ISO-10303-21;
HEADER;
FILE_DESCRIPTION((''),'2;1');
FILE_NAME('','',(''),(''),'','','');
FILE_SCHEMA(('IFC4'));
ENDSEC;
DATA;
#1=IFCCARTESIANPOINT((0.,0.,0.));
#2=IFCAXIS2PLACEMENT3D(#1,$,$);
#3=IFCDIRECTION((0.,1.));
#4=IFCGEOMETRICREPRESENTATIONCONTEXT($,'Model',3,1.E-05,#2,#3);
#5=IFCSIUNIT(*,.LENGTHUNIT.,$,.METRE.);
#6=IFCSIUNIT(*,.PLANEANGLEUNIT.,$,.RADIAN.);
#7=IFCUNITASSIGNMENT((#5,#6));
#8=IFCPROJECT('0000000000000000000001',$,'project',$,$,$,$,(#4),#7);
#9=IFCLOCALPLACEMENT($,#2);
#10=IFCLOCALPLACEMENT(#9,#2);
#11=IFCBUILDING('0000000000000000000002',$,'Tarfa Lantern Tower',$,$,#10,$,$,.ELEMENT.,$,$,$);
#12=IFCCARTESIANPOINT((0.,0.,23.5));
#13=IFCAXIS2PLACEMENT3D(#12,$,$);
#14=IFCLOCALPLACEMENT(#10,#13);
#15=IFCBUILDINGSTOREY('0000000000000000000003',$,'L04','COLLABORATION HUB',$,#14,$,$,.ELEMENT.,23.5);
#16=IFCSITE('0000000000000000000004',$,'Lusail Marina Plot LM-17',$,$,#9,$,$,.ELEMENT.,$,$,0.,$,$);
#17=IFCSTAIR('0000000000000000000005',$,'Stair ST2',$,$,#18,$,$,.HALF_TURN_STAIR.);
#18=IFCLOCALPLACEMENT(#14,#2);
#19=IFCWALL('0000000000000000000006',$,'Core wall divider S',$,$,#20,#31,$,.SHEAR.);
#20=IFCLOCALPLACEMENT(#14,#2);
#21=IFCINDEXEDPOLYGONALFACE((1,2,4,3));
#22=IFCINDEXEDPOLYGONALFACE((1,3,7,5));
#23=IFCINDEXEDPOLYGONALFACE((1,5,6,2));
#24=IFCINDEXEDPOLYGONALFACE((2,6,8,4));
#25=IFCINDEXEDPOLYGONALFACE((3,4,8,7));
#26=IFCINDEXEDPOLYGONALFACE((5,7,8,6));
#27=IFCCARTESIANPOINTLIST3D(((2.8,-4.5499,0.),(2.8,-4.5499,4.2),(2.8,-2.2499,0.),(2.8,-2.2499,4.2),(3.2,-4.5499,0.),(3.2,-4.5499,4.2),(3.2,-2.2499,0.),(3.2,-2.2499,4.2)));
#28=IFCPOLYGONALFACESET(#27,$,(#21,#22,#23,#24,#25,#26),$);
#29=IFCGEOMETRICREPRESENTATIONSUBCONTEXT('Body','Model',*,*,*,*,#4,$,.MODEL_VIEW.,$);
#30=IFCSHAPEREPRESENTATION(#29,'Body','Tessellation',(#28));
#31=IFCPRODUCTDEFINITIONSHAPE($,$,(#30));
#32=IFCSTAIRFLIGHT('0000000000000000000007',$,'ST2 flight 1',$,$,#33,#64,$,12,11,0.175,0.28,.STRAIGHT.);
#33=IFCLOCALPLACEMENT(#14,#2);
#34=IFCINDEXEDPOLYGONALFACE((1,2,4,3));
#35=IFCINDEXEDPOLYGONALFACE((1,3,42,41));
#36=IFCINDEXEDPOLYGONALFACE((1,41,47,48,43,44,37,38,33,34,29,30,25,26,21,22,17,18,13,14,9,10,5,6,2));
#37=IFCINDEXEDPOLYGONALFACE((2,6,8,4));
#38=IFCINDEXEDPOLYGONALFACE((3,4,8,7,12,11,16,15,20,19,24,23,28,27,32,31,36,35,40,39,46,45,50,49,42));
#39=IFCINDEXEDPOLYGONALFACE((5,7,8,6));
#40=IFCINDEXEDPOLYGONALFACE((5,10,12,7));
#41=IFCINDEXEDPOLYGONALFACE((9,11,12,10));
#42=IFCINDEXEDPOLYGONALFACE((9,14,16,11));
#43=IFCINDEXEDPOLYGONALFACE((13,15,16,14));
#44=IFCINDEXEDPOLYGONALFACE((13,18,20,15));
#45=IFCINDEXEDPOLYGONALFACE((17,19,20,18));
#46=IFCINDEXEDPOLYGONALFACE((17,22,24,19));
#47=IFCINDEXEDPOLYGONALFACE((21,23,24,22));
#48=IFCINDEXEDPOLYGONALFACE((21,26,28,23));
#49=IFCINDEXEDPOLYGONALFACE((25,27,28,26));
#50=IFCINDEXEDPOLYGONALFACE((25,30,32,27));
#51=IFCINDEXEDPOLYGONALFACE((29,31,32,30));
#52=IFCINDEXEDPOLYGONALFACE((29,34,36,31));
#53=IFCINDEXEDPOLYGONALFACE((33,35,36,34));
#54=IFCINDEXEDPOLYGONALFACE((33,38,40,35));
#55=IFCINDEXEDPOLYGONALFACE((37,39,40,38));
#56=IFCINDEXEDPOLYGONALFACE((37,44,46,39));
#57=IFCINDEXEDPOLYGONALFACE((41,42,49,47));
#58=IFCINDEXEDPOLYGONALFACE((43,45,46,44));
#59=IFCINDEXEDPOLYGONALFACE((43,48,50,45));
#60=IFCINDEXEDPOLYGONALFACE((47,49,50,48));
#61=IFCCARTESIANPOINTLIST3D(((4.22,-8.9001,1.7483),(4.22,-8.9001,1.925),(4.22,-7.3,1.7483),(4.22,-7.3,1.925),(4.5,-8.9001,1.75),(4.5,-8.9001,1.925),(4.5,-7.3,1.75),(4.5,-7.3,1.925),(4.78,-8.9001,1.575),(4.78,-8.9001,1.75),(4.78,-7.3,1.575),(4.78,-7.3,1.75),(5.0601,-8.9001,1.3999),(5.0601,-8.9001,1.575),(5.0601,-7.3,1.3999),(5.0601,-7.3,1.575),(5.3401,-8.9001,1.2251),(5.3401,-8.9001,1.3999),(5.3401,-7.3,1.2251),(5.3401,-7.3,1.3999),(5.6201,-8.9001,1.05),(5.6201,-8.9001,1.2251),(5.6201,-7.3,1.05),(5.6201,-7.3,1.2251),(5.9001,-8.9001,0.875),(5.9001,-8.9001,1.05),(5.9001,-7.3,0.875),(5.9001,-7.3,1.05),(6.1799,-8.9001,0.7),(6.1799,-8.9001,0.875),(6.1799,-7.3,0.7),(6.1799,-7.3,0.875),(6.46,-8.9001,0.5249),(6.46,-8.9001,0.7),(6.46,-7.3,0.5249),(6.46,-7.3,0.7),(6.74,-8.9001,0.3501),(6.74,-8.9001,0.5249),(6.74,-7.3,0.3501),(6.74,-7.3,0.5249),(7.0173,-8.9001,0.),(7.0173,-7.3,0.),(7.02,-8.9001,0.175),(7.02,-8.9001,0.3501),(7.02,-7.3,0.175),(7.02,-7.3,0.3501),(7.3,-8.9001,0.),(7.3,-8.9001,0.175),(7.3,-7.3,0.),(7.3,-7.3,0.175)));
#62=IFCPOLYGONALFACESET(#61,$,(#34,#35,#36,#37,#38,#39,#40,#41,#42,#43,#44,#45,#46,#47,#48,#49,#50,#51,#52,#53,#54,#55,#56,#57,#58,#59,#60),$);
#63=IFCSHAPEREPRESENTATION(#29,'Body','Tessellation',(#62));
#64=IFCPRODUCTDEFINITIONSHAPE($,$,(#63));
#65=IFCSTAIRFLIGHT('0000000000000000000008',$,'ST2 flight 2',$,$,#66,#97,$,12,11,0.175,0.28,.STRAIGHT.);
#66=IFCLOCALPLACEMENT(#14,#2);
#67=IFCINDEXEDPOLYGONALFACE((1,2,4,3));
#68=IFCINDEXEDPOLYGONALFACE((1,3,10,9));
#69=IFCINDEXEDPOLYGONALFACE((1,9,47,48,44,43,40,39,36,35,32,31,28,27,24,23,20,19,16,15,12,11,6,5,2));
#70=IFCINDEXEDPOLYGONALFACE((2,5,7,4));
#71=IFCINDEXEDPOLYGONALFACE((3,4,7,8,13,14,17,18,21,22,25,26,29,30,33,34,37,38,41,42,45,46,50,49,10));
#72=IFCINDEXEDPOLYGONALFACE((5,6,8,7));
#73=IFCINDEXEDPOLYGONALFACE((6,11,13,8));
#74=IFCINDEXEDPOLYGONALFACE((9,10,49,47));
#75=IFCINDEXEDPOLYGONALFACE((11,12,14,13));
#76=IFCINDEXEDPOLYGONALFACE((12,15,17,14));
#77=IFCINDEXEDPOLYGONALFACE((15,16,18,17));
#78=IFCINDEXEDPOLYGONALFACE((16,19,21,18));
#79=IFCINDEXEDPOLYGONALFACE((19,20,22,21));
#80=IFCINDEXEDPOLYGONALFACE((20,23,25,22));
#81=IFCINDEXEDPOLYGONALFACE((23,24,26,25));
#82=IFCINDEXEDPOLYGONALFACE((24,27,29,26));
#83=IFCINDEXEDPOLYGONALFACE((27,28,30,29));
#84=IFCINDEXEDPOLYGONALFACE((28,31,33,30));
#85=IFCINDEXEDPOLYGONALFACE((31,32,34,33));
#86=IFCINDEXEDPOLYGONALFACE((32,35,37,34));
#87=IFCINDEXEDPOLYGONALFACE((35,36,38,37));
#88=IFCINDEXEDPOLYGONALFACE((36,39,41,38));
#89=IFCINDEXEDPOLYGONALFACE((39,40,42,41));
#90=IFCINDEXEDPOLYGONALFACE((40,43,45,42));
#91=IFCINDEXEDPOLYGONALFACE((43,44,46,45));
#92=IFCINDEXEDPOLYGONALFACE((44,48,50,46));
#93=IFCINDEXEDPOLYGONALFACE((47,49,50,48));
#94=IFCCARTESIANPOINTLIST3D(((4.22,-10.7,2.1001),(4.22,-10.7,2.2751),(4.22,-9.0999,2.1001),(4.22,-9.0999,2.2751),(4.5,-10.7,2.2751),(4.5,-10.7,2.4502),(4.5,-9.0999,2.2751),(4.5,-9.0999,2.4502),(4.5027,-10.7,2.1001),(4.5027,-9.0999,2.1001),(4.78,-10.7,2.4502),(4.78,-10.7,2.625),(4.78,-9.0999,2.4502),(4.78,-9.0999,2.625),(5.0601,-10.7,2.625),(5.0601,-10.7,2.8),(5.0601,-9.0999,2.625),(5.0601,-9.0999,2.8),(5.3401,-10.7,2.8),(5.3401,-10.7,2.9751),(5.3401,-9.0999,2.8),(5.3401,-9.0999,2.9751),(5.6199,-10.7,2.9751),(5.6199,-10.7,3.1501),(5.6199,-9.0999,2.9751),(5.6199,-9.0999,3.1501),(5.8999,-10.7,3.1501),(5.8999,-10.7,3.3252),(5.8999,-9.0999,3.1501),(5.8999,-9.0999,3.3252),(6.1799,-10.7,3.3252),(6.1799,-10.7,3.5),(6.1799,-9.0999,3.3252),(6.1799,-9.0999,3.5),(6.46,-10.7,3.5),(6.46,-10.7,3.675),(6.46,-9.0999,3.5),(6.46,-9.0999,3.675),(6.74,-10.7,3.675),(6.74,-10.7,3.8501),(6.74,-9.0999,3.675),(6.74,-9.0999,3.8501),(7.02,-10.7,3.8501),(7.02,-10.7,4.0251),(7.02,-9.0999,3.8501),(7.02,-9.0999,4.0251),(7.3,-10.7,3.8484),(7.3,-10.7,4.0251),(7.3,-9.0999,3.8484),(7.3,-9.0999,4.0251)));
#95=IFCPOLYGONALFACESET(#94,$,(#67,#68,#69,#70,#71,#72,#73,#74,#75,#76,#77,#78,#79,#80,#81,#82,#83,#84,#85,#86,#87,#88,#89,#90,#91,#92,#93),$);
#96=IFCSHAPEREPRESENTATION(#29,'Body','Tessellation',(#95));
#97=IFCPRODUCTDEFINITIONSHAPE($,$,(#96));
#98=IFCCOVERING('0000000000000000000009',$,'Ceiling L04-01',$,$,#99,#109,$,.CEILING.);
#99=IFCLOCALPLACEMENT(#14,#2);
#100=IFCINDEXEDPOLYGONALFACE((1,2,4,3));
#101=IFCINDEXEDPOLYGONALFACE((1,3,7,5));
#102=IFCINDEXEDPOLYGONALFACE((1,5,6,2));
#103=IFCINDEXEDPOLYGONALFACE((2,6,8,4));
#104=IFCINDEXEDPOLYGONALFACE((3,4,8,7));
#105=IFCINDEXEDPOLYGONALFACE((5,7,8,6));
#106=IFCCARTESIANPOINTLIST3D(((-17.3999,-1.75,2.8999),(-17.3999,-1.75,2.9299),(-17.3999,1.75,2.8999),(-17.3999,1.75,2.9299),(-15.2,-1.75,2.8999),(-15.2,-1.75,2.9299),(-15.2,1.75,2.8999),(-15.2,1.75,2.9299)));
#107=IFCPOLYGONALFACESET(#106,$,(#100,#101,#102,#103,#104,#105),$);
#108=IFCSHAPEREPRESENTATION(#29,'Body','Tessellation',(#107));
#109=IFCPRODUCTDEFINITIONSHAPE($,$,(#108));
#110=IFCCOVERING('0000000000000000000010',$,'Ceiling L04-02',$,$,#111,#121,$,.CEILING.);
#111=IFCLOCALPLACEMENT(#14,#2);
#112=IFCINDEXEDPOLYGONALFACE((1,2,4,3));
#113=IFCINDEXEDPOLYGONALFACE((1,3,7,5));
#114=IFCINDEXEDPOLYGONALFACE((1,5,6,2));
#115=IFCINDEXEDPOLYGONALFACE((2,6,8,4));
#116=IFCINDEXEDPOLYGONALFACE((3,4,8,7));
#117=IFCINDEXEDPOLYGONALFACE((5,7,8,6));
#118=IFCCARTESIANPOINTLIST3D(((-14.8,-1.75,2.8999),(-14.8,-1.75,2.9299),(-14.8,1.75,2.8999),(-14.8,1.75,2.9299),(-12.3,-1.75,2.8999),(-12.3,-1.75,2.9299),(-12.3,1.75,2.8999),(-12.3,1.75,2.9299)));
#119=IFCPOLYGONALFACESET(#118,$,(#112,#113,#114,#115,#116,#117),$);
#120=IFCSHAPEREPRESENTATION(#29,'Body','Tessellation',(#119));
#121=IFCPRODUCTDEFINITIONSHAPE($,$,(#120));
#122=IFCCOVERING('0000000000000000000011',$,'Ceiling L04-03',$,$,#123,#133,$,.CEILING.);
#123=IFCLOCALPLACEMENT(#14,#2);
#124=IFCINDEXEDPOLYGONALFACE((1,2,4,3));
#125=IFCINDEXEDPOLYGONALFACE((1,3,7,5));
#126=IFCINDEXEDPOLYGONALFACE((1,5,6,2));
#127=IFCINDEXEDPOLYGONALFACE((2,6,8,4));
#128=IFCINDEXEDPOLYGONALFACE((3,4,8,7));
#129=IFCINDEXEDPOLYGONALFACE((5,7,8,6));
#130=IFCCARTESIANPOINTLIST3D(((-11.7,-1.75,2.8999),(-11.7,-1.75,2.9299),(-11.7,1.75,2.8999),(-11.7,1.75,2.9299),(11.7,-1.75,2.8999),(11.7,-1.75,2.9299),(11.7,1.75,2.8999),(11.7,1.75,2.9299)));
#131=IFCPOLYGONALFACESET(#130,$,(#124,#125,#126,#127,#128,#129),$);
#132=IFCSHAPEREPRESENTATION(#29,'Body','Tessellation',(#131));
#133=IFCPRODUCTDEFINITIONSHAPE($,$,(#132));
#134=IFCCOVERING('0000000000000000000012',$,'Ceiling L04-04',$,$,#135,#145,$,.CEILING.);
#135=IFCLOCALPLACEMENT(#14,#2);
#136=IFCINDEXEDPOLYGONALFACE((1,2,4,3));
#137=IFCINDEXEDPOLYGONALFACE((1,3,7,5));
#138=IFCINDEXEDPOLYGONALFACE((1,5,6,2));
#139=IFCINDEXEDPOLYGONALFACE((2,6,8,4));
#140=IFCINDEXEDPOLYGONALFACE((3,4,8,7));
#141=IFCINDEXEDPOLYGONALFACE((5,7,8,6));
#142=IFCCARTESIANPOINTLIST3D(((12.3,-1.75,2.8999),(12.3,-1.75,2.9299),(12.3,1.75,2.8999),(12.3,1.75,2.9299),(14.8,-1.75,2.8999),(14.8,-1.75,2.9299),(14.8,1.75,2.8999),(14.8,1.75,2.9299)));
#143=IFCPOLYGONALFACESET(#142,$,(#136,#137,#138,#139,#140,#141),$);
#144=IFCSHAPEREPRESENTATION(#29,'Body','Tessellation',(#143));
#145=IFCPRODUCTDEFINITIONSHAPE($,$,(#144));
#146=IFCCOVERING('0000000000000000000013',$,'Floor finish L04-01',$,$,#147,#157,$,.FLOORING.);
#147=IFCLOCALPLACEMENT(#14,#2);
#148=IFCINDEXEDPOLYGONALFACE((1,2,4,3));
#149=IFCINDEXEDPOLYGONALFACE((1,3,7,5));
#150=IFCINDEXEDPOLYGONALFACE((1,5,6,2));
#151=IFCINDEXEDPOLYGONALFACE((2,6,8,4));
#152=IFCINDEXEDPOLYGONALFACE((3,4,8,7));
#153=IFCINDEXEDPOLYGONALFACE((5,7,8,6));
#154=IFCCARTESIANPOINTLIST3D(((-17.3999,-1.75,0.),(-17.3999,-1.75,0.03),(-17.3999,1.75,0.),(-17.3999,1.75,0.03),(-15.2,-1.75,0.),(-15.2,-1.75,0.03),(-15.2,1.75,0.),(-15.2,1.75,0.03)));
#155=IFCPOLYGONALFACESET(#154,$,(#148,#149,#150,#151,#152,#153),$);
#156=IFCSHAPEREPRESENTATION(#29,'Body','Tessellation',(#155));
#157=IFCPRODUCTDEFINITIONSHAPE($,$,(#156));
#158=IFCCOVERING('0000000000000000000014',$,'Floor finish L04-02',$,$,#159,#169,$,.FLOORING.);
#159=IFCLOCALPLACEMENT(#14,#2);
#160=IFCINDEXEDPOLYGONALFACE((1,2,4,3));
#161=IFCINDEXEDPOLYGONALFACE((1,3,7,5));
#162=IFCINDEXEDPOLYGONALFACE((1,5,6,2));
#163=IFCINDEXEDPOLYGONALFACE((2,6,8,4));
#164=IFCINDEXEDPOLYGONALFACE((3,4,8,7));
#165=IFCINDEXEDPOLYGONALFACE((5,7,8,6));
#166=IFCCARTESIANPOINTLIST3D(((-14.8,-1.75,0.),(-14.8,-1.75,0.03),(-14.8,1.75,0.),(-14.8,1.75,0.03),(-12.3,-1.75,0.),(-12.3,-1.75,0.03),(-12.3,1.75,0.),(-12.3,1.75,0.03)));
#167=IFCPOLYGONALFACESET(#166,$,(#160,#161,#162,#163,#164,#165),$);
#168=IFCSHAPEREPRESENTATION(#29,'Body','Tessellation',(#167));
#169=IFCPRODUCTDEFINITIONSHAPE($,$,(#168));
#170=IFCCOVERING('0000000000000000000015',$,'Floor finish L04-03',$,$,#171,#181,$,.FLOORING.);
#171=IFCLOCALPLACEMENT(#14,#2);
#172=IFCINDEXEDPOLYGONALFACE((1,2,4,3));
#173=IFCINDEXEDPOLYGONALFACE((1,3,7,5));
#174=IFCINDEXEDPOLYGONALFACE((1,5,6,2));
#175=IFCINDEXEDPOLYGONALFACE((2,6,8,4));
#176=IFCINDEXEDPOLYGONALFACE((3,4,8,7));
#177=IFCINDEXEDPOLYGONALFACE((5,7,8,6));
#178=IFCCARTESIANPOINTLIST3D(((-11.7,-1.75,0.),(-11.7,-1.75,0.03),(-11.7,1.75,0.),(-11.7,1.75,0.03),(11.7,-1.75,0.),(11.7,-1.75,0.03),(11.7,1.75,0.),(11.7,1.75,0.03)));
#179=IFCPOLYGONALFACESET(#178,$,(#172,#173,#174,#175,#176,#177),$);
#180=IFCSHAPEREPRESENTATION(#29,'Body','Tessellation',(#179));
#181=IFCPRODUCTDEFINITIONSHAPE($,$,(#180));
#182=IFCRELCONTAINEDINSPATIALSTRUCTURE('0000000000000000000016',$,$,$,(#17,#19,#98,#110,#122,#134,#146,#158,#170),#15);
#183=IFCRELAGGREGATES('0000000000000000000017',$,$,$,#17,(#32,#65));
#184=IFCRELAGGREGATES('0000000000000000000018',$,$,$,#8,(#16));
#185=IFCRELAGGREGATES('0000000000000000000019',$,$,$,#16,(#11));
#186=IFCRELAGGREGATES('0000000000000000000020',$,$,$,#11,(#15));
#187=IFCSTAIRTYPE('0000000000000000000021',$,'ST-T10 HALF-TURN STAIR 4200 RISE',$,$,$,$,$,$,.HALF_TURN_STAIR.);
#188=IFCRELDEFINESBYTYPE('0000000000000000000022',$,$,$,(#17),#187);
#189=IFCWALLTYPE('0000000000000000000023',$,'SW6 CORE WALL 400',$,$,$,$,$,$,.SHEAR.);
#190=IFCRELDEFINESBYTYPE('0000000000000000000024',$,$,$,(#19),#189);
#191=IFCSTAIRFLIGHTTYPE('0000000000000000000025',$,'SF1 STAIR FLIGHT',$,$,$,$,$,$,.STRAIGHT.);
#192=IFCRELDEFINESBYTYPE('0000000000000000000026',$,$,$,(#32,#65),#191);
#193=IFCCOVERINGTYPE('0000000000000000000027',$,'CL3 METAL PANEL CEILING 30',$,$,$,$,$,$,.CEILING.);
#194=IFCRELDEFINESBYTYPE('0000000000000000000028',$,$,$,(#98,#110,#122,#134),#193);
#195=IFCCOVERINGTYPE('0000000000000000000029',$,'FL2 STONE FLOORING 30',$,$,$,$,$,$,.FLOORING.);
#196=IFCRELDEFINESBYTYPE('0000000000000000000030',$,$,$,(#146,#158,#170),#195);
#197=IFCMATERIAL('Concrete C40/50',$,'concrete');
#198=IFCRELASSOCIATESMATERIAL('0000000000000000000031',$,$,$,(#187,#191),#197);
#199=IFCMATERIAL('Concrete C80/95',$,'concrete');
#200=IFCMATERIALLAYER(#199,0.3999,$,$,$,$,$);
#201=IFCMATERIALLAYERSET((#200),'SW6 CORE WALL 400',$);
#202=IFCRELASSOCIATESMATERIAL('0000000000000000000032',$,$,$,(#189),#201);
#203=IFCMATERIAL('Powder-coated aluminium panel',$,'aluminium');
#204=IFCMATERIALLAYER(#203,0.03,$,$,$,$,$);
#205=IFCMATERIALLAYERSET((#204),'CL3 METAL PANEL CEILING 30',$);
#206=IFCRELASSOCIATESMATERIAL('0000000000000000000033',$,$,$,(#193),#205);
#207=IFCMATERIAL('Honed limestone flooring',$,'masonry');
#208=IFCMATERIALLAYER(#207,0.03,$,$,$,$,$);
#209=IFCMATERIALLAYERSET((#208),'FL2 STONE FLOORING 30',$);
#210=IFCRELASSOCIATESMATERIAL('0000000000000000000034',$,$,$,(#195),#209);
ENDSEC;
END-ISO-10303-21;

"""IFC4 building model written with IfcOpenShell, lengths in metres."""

from ifc_helpers import new_model, si_unit, direction, frame, frame_2d, origin, place, context, subcontext, project, spatial, polyline, rectangle, outline, extrude, material, layer, layer_set, type_object, element, aggregate, save


model = new_model("IFC4")

# Units and contexts
model_context = context("Model", 3, precision=1e-05, world=origin(), true_north=direction((0.0, 1.0)))
body_context = subcontext(model_context, "Body", "Model", "MODEL_VIEW")
ifc_project = project(units=[si_unit("LENGTHUNIT", "METRE"), si_unit("PLANEANGLEUNIT", "RADIAN")], contexts=[model_context])

# Site, building, storey
site_placement = place(None, origin())
site = spatial("IfcSite", under=ifc_project, at=site_placement, Name="Lusail Marina Plot LM-17", CompositionType="ELEMENT", RefElevation=0.0)
building_placement = place(site_placement, origin())
building = spatial("IfcBuilding", under=site, at=building_placement, Name="Tarfa Lantern Tower", CompositionType="ELEMENT")
storey_placement = place(building_placement, frame((0.0, 0.0, 23.5)))
storey = spatial("IfcBuildingStorey", under=building, at=storey_placement, Name="L04", Description="COLLABORATION HUB", CompositionType="ELEMENT", Elevation=23.5)

# Stair
ifc_material_1 = material(Name="Concrete C40/50", Category="concrete")
stair_type = type_object("IfcStairType", Name="ST-T10 HALF-TURN STAIR 4200 RISE", PredefinedType="HALF_TURN_STAIR", material=ifc_material_1)
stair_1_placement = place(storey_placement, origin())
stair_1 = element("IfcStair", 1, at=stair_1_placement, inside=storey, type_object=stair_type, Name="Stair ST2", PredefinedType="HALF_TURN_STAIR")

# Shared definitions
ifc_material_2 = material(Name="Concrete C80/95", Category="concrete")

# Wall
ifc_layer_1 = layer(ifc_material_2, 0.3999)
ifc_layer_set_1 = layer_set([ifc_layer_1], Name="SW6 CORE WALL 400")
wall_type_1 = type_object("IfcWallType", Name="SW6 CORE WALL 400", PredefinedType="SHEAR", material=ifc_layer_set_1)
for number, where, z_axis, x_axis, name in (
    (2, (3.0, -2.25, 0.0), (0.0, 0.0, 1.0), (0.0, -1.0, 0.0), "Core wall divider S"),
):
    element("IfcWall", number, at=place(storey_placement, frame(where, z_axis=z_axis, x_axis=x_axis)), inside=storey, type_object=wall_type_1, Name=name, PredefinedType="SHEAR", context=body_context, shape_type="SweptSolid", body=[
        extrude(rectangle(XDim=2.3, YDim=0.3999, at=frame_2d((1.1499, 0.0))), origin(), (0.0, 0.0, 1.0), 4.2),
    ])

# Stair flights
stair_flight_type = type_object("IfcStairFlightType", Name="SF1 STAIR FLIGHT", PredefinedType="STRAIGHT", material=ifc_material_1)
stair_flight_1_placement = place(storey_placement, frame((7.3, -8.1001, 0.0), z_axis=(0.0, 0.0, 1.0), x_axis=(-1.0, 0.0, 0.0)))
stair_flight_1 = element("IfcStairFlight", 3, at=stair_flight_1_placement, type_object=stair_flight_type, Name="ST2 flight 1", NumberOfRisers=12, NumberOfTreads=11, PredefinedType="STRAIGHT", RiserHeight=0.175, TreadLength=0.28, context=body_context, shape_type="SweptSolid", body=[
    extrude(outline(polyline([(0.0, 0.0), (0.0, 0.175), (0.28, 0.175), (0.28, 0.3501), (0.5601, 0.3501), (0.5601, 0.5249), (0.8401, 0.5249), (0.8401, 0.7), (1.1201, 0.7), (1.1201, 0.875), (1.3999, 0.875), (1.3999, 1.05), (1.6799, 1.05), (1.6799, 1.2251), (1.96, 1.2251), (1.96, 1.3999), (2.24, 1.3999), (2.24, 1.575), (2.52, 1.575), (2.52, 1.75), (2.8, 1.75), (2.8, 1.925), (3.0801, 1.925), (3.0801, 2.1001), (3.0801, 1.7483), (0.2827, 0.0), (0.0, 0.0)])), frame((0.0, 0.8, 0.0), z_axis=(0.0, -1.0, 0.0), x_axis=(1.0, 0.0, 0.0)), (0.0, 0.0, 1.0), 1.6001),
])
stair_flight_2_placement = place(storey_placement, frame((4.22, -9.8999, 2.1001), z_axis=(0.0, 0.0, 1.0), x_axis=(1.0, 0.0, 0.0)))
stair_flight_2 = element("IfcStairFlight", 4, at=stair_flight_2_placement, type_object=stair_flight_type, Name="ST2 flight 2", NumberOfRisers=12, NumberOfTreads=11, PredefinedType="STRAIGHT", RiserHeight=0.175, TreadLength=0.28, context=body_context, shape_type="SweptSolid", body=[
    extrude(outline(polyline([(0.0, 0.0), (0.0, 0.175), (0.28, 0.175), (0.28, 0.3501), (0.5601, 0.3501), (0.5601, 0.5249), (0.8401, 0.5249), (0.8401, 0.7), (1.1201, 0.7), (1.1201, 0.875), (1.3999, 0.875), (1.3999, 1.05), (1.6799, 1.05), (1.6799, 1.2251), (1.96, 1.2251), (1.96, 1.3999), (2.24, 1.3999), (2.24, 1.575), (2.52, 1.575), (2.52, 1.75), (2.8, 1.75), (2.8, 1.925), (3.0801, 1.925), (3.0801, 2.1001), (3.0801, 1.7483), (0.2827, 0.0), (0.0, 0.0)])), frame((0.0, 0.8, 0.0), z_axis=(0.0, -1.0, 0.0), x_axis=(1.0, 0.0, 0.0)), (0.0, 0.0, 1.0), 1.6001),
])
aggregate(stair_1, [stair_flight_1, stair_flight_2])

# Coverings
ifc_material_3 = material(Name="Powder-coated aluminium panel", Category="aluminium")
ifc_layer_2 = layer(ifc_material_3, 0.03)
ifc_layer_set_2 = layer_set([ifc_layer_2], Name="CL3 METAL PANEL CEILING 30")
covering_type_1 = type_object("IfcCoveringType", Name="CL3 METAL PANEL CEILING 30", PredefinedType="CEILING", material=ifc_layer_set_2)
covering_1_placement = place(storey_placement, frame((0.0, 0.0, 2.8999)))
element("IfcCovering", 5, at=covering_1_placement, inside=storey, type_object=covering_type_1, Name="Ceiling L04-01", PredefinedType="CEILING", context=body_context, shape_type="SweptSolid", body=[
    extrude(outline(polyline([(-17.3999, -1.75), (-15.2, -1.75), (-15.2, 1.75), (-17.3999, 1.75), (-17.3999, -1.75)])), origin(), (0.0, 0.0, 1.0), 0.03),
])
covering_2_placement = place(storey_placement, frame((0.0, 0.0, 2.8999)))
element("IfcCovering", 6, at=covering_2_placement, inside=storey, type_object=covering_type_1, Name="Ceiling L04-02", PredefinedType="CEILING", context=body_context, shape_type="SweptSolid", body=[
    extrude(outline(polyline([(-14.8, -1.75), (-12.3, -1.75), (-12.3, 1.75), (-14.8, 1.75), (-14.8, -1.75)])), origin(), (0.0, 0.0, 1.0), 0.03),
])
covering_3_placement = place(storey_placement, frame((0.0, 0.0, 2.8999)))
element("IfcCovering", 7, at=covering_3_placement, inside=storey, type_object=covering_type_1, Name="Ceiling L04-03", PredefinedType="CEILING", context=body_context, shape_type="SweptSolid", body=[
    extrude(outline(polyline([(-11.7, -1.75), (11.7, -1.75), (11.7, 1.75), (-11.7, 1.75), (-11.7, -1.75)])), origin(), (0.0, 0.0, 1.0), 0.03),
])
covering_4_placement = place(storey_placement, frame((0.0, 0.0, 2.8999)))
element("IfcCovering", 8, at=covering_4_placement, inside=storey, type_object=covering_type_1, Name="Ceiling L04-04", PredefinedType="CEILING", context=body_context, shape_type="SweptSolid", body=[
    extrude(outline(polyline([(12.3, -1.75), (14.8, -1.75), (14.8, 1.75), (12.3, 1.75), (12.3, -1.75)])), origin(), (0.0, 0.0, 1.0), 0.03),
])
ifc_material_4 = material(Name="Honed limestone flooring", Category="masonry")
ifc_layer_3 = layer(ifc_material_4, 0.03)
ifc_layer_set_3 = layer_set([ifc_layer_3], Name="FL2 STONE FLOORING 30")
covering_type_2 = type_object("IfcCoveringType", Name="FL2 STONE FLOORING 30", PredefinedType="FLOORING", material=ifc_layer_set_3)
covering_5_placement = place(storey_placement, origin())
element("IfcCovering", 9, at=covering_5_placement, inside=storey, type_object=covering_type_2, Name="Floor finish L04-01", PredefinedType="FLOORING", context=body_context, shape_type="SweptSolid", body=[
    extrude(outline(polyline([(-17.3999, -1.75), (-15.2, -1.75), (-15.2, 1.75), (-17.3999, 1.75), (-17.3999, -1.75)])), origin(), (0.0, 0.0, 1.0), 0.03),
])
covering_6_placement = place(storey_placement, origin())
element("IfcCovering", 10, at=covering_6_placement, inside=storey, type_object=covering_type_2, Name="Floor finish L04-02", PredefinedType="FLOORING", context=body_context, shape_type="SweptSolid", body=[
    extrude(outline(polyline([(-14.8, -1.75), (-12.3, -1.75), (-12.3, 1.75), (-14.8, 1.75), (-14.8, -1.75)])), origin(), (0.0, 0.0, 1.0), 0.03),
])
covering_7_placement = place(storey_placement, origin())
element("IfcCovering", 11, at=covering_7_placement, inside=storey, type_object=covering_type_2, Name="Floor finish L04-03", PredefinedType="FLOORING", context=body_context, shape_type="SweptSolid", body=[
    extrude(outline(polyline([(-11.7, -1.75), (11.7, -1.75), (11.7, 1.75), (-11.7, 1.75), (-11.7, -1.75)])), origin(), (0.0, 0.0, 1.0), 0.03),
])

save(model, "model.ifc")
